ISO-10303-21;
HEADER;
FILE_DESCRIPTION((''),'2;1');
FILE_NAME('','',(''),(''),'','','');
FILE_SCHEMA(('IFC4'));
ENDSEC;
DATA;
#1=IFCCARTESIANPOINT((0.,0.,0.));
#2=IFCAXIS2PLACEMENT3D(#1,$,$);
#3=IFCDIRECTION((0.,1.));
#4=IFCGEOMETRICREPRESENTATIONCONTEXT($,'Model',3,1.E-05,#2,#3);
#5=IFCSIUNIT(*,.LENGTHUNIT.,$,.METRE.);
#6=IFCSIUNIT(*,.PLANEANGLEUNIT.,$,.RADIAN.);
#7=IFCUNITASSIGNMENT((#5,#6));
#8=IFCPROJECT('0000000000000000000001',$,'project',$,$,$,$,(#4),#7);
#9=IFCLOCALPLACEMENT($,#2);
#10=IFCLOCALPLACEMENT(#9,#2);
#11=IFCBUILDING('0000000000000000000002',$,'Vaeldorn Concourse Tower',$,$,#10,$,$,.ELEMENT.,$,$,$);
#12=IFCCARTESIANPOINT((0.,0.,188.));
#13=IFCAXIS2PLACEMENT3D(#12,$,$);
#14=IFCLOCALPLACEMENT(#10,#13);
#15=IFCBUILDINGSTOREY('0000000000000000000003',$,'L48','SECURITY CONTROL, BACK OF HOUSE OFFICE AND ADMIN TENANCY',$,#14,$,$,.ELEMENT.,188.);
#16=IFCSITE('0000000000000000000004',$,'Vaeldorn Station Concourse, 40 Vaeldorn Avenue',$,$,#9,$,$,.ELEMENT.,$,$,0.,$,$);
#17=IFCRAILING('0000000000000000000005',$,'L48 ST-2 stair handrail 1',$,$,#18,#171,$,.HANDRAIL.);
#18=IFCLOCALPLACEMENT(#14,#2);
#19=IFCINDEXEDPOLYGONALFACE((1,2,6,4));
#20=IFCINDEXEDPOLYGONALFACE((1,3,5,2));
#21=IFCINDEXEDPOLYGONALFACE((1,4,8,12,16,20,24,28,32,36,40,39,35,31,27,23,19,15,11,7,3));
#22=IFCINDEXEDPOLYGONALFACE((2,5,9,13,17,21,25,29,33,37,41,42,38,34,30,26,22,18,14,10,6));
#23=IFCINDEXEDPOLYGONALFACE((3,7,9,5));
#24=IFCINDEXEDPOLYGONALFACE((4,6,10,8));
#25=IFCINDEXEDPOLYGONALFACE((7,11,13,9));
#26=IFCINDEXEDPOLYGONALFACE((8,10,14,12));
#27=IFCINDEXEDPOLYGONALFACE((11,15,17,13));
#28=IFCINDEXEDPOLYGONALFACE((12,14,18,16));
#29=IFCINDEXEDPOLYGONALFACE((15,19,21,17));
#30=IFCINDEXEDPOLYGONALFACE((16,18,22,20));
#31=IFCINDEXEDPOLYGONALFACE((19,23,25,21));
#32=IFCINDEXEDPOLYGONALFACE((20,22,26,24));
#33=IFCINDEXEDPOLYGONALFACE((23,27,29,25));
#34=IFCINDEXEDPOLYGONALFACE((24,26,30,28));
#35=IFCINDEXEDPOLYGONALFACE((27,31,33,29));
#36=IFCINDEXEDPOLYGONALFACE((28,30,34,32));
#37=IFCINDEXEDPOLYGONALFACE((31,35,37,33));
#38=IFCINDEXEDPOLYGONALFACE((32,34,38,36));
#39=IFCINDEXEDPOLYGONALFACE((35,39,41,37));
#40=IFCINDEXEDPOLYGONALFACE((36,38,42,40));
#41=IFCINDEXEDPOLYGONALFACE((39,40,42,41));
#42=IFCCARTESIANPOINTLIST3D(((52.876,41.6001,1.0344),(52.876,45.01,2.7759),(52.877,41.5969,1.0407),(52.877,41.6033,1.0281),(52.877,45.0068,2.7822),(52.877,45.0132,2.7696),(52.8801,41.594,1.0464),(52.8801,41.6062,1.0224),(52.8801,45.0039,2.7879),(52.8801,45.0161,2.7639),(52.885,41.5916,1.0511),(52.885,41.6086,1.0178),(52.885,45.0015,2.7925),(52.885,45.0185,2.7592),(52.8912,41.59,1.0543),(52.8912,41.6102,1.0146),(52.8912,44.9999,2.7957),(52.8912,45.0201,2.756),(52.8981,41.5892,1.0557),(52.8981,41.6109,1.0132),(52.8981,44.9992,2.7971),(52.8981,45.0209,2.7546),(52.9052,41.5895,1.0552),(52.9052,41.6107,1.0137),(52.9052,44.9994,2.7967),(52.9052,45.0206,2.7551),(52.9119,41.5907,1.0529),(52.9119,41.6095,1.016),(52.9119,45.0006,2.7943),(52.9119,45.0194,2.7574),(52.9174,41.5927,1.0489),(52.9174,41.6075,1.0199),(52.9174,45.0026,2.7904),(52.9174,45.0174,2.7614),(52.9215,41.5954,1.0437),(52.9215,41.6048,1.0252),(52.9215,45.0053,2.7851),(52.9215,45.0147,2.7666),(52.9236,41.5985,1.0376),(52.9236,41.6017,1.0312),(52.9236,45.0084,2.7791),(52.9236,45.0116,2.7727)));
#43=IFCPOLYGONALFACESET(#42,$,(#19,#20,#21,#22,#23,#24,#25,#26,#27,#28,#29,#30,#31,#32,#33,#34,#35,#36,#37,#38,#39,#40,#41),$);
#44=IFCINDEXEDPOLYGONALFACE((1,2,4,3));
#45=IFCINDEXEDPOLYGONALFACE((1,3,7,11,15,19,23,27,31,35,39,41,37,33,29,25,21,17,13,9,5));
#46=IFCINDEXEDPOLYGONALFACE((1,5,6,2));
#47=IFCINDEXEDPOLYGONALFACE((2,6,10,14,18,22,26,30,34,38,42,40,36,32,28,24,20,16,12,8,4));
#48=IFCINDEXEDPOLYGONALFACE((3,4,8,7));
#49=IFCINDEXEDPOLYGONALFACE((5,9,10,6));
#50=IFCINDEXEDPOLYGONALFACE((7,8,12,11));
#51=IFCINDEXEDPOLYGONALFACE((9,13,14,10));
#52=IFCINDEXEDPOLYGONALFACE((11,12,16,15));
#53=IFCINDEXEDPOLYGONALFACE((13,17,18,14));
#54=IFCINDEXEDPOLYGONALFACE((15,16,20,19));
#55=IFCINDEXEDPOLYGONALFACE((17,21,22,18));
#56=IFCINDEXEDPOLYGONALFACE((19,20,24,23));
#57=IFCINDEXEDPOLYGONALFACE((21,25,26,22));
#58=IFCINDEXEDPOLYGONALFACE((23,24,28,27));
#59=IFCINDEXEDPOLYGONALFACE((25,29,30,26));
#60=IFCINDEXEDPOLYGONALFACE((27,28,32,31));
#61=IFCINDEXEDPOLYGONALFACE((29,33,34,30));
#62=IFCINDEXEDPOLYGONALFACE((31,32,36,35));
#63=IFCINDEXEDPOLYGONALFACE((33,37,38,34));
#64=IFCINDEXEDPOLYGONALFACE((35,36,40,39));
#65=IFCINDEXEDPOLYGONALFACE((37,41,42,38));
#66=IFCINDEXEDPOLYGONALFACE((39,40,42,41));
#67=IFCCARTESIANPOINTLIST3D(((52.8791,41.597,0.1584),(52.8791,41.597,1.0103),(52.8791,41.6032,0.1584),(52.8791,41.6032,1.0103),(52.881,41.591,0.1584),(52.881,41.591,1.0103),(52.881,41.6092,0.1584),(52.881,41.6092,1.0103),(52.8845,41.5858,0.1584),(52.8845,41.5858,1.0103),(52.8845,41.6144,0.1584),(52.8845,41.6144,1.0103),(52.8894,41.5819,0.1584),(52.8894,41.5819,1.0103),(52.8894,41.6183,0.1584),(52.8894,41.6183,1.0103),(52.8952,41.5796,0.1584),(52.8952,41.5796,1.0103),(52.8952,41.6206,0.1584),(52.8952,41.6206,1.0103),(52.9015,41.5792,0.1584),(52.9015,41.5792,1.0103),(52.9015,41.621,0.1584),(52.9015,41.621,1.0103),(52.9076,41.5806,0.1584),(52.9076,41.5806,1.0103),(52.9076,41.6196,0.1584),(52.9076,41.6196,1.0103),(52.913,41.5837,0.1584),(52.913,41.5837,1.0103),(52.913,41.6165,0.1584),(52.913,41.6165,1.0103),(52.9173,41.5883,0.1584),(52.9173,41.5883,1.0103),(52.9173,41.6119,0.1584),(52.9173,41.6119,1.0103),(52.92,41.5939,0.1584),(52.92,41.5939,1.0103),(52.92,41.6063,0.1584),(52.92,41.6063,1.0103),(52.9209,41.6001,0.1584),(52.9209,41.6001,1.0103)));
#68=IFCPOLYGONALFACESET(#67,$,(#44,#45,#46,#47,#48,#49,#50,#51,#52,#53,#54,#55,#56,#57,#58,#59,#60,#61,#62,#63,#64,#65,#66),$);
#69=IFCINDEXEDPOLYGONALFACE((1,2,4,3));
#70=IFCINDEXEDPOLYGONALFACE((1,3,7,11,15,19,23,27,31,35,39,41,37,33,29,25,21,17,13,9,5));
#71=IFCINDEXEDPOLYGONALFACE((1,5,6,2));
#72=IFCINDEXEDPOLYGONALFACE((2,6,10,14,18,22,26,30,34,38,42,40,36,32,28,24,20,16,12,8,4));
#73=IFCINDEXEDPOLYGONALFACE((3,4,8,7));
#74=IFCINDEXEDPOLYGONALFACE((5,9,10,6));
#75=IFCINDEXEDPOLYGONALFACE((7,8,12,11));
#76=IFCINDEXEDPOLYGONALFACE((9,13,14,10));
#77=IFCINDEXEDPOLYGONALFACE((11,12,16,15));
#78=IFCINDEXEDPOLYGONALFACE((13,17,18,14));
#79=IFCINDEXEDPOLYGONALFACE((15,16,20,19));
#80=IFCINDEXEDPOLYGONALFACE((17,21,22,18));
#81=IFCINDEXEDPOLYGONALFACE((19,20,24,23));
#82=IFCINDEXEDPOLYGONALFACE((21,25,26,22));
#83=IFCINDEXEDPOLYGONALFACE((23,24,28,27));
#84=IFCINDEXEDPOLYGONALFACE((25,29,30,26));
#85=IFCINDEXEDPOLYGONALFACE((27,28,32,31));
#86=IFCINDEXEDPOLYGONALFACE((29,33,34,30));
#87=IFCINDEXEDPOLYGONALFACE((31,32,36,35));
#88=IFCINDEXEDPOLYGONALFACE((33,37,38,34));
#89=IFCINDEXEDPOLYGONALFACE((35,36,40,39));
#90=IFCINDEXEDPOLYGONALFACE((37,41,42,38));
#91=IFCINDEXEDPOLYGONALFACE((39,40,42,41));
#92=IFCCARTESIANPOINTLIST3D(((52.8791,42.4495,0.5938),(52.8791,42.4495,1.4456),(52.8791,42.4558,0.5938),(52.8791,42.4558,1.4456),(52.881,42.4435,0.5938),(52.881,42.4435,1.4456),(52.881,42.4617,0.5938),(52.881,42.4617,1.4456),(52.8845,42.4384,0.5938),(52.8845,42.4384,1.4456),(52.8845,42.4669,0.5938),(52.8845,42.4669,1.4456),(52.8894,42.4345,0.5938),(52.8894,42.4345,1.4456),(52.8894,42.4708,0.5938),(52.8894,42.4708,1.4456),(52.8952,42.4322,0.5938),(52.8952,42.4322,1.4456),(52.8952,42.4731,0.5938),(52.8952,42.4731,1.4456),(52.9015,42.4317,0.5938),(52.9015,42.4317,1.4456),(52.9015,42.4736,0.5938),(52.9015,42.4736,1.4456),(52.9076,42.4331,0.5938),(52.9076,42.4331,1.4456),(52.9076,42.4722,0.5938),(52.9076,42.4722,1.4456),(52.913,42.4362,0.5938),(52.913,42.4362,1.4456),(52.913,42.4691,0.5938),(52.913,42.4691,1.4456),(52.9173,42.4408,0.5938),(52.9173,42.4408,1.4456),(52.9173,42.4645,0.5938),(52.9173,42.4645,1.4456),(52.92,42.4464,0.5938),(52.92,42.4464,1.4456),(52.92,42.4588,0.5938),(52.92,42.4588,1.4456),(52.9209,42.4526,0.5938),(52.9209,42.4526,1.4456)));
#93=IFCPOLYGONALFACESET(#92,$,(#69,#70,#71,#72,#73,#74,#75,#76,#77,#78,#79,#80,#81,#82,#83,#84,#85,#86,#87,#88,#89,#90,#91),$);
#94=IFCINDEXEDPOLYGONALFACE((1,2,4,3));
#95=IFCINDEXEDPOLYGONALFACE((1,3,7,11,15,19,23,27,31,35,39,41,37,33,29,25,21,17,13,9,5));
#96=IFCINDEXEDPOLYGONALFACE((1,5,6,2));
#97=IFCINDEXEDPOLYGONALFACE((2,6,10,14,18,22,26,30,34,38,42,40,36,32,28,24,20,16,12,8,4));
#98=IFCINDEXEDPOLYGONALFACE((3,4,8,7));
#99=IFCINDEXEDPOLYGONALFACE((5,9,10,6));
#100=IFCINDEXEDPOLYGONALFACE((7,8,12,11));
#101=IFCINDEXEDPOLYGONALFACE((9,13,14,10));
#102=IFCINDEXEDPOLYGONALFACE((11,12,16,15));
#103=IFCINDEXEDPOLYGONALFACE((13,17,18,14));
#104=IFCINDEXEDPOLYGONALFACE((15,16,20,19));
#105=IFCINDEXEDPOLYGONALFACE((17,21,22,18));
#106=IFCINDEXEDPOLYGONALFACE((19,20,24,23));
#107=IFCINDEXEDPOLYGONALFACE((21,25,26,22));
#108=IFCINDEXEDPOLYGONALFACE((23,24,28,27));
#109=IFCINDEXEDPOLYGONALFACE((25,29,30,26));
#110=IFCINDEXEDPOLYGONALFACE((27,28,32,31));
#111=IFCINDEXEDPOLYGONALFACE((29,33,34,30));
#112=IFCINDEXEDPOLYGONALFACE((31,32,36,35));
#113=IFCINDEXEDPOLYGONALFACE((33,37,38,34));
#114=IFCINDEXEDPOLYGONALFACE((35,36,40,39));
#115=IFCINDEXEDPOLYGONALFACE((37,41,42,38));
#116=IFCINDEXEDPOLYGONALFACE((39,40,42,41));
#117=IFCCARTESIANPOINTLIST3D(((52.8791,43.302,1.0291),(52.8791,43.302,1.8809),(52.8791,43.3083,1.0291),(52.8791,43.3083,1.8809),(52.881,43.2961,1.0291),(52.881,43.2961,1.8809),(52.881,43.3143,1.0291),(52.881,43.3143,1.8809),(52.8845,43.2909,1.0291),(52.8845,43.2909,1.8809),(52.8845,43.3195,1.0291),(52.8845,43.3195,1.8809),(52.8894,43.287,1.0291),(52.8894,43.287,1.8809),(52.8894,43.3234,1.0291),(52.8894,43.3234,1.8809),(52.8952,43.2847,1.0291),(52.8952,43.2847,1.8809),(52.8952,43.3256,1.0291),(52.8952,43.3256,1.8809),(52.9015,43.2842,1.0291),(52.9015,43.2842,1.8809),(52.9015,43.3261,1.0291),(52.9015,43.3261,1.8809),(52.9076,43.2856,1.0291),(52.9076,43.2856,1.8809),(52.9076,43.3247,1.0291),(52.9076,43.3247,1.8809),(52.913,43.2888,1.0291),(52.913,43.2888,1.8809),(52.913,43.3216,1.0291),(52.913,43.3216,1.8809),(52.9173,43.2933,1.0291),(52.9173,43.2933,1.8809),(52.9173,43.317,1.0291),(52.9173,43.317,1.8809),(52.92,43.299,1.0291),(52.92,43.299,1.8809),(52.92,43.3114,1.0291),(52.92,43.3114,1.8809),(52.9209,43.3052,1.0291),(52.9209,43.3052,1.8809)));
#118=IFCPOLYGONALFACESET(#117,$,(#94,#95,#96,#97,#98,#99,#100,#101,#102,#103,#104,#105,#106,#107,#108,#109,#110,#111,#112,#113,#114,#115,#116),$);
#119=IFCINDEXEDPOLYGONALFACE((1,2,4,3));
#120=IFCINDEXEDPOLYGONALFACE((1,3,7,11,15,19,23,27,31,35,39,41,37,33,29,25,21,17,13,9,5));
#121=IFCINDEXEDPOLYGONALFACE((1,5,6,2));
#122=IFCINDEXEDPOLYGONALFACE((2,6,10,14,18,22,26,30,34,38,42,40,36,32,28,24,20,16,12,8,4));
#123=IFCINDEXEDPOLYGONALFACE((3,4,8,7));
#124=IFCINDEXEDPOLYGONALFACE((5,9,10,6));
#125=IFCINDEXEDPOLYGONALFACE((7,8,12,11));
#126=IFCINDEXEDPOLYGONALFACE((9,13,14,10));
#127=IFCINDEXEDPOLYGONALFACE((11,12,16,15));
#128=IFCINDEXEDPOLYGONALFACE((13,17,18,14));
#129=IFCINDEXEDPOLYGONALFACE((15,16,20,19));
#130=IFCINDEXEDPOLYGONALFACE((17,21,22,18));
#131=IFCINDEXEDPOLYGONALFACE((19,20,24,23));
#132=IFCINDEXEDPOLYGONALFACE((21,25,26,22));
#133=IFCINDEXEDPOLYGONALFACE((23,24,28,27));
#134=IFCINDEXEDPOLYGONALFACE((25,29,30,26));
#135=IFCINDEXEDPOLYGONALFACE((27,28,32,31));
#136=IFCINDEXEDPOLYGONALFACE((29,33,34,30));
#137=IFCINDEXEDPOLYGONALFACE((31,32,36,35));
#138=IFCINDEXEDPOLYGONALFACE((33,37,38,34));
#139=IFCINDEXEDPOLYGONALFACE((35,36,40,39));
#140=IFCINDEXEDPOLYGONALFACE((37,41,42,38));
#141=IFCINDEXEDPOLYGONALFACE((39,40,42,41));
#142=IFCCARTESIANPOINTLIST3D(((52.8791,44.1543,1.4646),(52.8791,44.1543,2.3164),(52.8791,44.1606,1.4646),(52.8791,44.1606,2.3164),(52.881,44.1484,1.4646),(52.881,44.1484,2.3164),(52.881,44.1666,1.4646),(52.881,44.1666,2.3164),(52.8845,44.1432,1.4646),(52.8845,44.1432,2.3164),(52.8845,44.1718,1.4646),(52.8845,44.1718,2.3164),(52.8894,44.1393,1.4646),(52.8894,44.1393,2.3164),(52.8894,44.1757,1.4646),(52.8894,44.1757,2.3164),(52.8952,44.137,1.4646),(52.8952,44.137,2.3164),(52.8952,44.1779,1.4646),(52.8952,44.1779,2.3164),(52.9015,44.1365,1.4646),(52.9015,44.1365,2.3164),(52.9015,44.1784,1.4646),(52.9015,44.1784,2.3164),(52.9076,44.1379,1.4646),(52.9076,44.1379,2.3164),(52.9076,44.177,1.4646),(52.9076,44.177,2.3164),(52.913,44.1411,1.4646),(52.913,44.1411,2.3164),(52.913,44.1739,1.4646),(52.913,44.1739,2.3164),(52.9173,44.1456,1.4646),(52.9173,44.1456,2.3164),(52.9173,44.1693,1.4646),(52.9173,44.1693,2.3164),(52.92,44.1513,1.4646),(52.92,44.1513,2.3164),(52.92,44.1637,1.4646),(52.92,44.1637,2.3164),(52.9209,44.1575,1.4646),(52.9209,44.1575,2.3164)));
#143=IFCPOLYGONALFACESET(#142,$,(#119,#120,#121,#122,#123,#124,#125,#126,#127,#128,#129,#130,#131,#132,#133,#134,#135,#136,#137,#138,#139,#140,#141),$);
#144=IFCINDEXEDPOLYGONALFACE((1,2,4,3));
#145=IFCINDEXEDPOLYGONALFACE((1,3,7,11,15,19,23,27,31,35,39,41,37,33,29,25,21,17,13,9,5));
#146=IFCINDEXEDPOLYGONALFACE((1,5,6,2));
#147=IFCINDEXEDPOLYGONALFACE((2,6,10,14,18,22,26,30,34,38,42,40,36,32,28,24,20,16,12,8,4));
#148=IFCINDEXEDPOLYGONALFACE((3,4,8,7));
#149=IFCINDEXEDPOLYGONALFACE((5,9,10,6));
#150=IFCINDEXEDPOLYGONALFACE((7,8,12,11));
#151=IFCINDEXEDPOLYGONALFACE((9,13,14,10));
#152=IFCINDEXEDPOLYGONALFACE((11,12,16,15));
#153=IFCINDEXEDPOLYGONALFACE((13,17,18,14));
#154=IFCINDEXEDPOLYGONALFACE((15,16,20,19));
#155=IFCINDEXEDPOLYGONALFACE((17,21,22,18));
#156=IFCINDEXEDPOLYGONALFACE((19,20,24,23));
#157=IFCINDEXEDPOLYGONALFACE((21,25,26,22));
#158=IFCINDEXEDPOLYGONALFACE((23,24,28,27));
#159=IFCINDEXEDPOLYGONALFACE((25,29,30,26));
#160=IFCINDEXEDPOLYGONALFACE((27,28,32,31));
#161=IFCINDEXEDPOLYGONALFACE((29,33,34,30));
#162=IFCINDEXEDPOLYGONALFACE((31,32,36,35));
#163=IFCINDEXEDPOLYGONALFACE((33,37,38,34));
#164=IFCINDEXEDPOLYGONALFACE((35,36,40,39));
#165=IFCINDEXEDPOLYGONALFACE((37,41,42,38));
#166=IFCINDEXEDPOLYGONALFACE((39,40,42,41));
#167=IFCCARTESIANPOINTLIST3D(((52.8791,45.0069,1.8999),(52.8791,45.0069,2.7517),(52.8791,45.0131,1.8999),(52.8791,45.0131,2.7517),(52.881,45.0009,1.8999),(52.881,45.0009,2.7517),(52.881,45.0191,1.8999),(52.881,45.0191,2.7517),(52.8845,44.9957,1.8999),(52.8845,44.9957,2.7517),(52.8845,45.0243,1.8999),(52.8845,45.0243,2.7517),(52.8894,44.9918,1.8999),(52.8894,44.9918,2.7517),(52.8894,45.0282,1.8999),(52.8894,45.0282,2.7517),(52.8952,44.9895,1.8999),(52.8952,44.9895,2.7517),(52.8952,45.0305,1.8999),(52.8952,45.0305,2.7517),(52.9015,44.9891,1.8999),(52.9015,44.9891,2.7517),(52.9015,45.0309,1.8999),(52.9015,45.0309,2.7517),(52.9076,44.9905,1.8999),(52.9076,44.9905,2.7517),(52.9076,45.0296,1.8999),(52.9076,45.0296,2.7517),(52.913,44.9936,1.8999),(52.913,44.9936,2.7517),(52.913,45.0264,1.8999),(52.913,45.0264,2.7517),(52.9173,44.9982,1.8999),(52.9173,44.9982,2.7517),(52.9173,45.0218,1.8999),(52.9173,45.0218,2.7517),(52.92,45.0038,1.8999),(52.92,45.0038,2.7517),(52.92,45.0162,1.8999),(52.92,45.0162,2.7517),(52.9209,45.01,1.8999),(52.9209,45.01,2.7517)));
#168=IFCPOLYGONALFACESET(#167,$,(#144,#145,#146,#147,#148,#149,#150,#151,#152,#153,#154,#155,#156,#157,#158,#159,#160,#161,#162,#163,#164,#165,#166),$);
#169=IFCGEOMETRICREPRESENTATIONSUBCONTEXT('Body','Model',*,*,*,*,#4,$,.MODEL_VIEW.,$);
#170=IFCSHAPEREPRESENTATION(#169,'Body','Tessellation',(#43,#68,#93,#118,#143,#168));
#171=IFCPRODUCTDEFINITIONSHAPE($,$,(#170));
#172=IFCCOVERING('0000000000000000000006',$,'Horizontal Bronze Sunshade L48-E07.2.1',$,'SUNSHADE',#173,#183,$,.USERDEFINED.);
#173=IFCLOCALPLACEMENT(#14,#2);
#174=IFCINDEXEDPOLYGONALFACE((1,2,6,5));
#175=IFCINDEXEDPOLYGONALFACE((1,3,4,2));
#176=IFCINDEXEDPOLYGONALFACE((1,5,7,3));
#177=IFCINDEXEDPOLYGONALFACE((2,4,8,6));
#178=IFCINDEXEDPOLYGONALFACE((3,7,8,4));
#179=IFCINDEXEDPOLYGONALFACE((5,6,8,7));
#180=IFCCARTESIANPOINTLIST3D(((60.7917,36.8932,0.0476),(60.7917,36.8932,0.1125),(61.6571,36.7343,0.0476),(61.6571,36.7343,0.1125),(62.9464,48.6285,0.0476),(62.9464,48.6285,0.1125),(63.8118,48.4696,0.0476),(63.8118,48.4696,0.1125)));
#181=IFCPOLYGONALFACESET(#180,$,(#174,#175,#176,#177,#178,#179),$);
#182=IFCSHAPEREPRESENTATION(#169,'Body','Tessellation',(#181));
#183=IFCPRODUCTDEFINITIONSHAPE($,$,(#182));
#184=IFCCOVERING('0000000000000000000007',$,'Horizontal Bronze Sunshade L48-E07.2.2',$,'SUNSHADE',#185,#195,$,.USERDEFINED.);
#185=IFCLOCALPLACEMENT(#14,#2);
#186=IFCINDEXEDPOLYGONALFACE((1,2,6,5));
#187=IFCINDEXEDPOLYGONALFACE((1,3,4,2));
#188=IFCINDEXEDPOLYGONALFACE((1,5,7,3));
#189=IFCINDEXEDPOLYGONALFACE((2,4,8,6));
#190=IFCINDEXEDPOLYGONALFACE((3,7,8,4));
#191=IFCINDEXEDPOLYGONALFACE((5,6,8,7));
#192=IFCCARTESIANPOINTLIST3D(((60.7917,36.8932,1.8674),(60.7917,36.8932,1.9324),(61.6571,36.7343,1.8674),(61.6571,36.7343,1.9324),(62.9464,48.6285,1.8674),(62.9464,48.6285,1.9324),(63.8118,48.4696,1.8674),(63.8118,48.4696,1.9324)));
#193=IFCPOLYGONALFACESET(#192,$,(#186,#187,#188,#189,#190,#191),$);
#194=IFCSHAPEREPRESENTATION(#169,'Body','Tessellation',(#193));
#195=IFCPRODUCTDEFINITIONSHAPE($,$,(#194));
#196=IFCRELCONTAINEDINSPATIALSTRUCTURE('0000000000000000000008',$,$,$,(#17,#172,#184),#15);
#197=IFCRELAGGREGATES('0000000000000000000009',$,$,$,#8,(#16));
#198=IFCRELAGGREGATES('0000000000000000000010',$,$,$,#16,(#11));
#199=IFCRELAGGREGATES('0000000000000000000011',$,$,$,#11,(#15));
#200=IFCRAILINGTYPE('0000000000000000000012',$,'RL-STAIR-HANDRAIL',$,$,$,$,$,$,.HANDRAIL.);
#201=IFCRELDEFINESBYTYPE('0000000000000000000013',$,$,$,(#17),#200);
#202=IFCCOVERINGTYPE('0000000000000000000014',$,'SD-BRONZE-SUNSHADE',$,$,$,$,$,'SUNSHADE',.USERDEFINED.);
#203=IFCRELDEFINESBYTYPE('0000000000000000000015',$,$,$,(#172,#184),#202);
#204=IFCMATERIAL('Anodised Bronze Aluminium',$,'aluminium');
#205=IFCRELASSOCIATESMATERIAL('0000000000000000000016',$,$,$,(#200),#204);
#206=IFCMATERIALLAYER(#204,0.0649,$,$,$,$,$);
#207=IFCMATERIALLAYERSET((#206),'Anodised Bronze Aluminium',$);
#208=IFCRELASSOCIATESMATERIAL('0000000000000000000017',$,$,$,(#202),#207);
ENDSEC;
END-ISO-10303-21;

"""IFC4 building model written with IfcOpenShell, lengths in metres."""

from ifc_helpers import new_model, si_unit, direction, frame, origin, origin_2d, place, context, subcontext, project, spatial, rectangle, circle, extrude, source, transform, mapped, material, layer, layer_set, type_object, element, save


model = new_model("IFC4")

# Units and contexts
model_context = context("Model", 3, precision=1e-05, world=origin(), true_north=direction((0.0, 1.0)))
body_context = subcontext(model_context, "Body", "Model", "MODEL_VIEW")
ifc_project = project(units=[si_unit("LENGTHUNIT", "METRE"), si_unit("PLANEANGLEUNIT", "RADIAN")], contexts=[model_context])

# Site, building, storey
site_placement = place(None, origin())
site = spatial("IfcSite", under=ifc_project, at=site_placement, Name="Vaeldorn Station Concourse, 40 Vaeldorn Avenue", CompositionType="ELEMENT", RefElevation=0.0)
building_placement = place(site_placement, origin())
building = spatial("IfcBuilding", under=site, at=building_placement, Name="Vaeldorn Concourse Tower", CompositionType="ELEMENT")
storey_placement = place(building_placement, frame((0.0, 0.0, 188.0)))
storey = spatial("IfcBuildingStorey", under=building, at=storey_placement, Name="L48", Description="SECURITY CONTROL, BACK OF HOUSE OFFICE AND ADMIN TENANCY", CompositionType="ELEMENT", Elevation=188.0)

# Shared definitions
ifc_material_1 = material(Name="Anodised Bronze Aluminium", Category="aluminium")

# Railing
railing_type_1 = type_object("IfcRailingType", Name="RL-STAIR-HANDRAIL", PredefinedType="HANDRAIL", material=ifc_material_1)
railing_1_placement = place(storey_placement, frame((52.8999, 41.6001, 0.1584)))
element("IfcRailing", 1, at=railing_1_placement, inside=storey, type_object=railing_type_1, Name="L48 ST-2 stair handrail 1", PredefinedType="HANDRAIL", context=body_context, shape_type="SweptSolid", body=[
    extrude(circle(Radius=0.0239, at=origin_2d()), frame((0.0, 0.0, 0.876), z_axis=(0.0, 0.890582, 0.454823), x_axis=(-1.0, 0.0, 0.0)), (0.0, 0.0, 1.0), 3.8289),
    extrude(circle(Radius=0.021, at=origin_2d()), origin(), (0.0, 0.0, 1.0), 0.8518),
    extrude(circle(Radius=0.021, at=origin_2d()), frame((0.0, 0.8525, 0.4353)), (0.0, 0.0, 1.0), 0.8518),
    extrude(circle(Radius=0.021, at=origin_2d()), frame((0.0, 1.7051, 0.8706)), (0.0, 0.0, 1.0), 0.8518),
    extrude(circle(Radius=0.021, at=origin_2d()), frame((0.0, 2.5574, 1.3062)), (0.0, 0.0, 1.0), 0.8518),
    extrude(circle(Radius=0.021, at=origin_2d()), frame((0.0, 3.4099, 1.7415)), (0.0, 0.0, 1.0), 0.8518),
])

# Coverings
ifc_layer_1 = layer(ifc_material_1, 0.0649)
ifc_layer_set_1 = layer_set([ifc_layer_1], Name="Anodised Bronze Aluminium")
covering_type = type_object("IfcCoveringType", Name="SD-BRONZE-SUNSHADE", ElementType="SUNSHADE", PredefinedType="USERDEFINED", material=ifc_layer_set_1)
shared_shape_1 = source(origin(), body_context, "Body", "SweptSolid", [
    extrude(rectangle(XDim=11.9314, YDim=0.8799, at=origin_2d()), origin(), (0.0, 0.0, 1.0), 0.0649),
])
for number, where, z_axis, x_axis, name in (
    (2, (62.3018, 42.6814, 0.0476), (0.0, 0.0, 1.0), (0.180588, 0.983559, 0.0), "Horizontal Bronze Sunshade L48-E07.2.1"),
    (3, (62.3018, 42.6814, 1.8674), (0.0, 0.0, 1.0), (0.180588, 0.983559, 0.0), "Horizontal Bronze Sunshade L48-E07.2.2"),
):
    element("IfcCovering", number, at=place(storey_placement, frame(where, z_axis=z_axis, x_axis=x_axis)), inside=storey, type_object=covering_type, Name=name, ObjectType="SUNSHADE", PredefinedType="USERDEFINED", context=body_context, shape_type="MappedRepresentation", body=[
        mapped(shared_shape_1, transform((0.0, 0.0, 0.0), scale=1.0)),
    ])

save(model, "model.ifc")
